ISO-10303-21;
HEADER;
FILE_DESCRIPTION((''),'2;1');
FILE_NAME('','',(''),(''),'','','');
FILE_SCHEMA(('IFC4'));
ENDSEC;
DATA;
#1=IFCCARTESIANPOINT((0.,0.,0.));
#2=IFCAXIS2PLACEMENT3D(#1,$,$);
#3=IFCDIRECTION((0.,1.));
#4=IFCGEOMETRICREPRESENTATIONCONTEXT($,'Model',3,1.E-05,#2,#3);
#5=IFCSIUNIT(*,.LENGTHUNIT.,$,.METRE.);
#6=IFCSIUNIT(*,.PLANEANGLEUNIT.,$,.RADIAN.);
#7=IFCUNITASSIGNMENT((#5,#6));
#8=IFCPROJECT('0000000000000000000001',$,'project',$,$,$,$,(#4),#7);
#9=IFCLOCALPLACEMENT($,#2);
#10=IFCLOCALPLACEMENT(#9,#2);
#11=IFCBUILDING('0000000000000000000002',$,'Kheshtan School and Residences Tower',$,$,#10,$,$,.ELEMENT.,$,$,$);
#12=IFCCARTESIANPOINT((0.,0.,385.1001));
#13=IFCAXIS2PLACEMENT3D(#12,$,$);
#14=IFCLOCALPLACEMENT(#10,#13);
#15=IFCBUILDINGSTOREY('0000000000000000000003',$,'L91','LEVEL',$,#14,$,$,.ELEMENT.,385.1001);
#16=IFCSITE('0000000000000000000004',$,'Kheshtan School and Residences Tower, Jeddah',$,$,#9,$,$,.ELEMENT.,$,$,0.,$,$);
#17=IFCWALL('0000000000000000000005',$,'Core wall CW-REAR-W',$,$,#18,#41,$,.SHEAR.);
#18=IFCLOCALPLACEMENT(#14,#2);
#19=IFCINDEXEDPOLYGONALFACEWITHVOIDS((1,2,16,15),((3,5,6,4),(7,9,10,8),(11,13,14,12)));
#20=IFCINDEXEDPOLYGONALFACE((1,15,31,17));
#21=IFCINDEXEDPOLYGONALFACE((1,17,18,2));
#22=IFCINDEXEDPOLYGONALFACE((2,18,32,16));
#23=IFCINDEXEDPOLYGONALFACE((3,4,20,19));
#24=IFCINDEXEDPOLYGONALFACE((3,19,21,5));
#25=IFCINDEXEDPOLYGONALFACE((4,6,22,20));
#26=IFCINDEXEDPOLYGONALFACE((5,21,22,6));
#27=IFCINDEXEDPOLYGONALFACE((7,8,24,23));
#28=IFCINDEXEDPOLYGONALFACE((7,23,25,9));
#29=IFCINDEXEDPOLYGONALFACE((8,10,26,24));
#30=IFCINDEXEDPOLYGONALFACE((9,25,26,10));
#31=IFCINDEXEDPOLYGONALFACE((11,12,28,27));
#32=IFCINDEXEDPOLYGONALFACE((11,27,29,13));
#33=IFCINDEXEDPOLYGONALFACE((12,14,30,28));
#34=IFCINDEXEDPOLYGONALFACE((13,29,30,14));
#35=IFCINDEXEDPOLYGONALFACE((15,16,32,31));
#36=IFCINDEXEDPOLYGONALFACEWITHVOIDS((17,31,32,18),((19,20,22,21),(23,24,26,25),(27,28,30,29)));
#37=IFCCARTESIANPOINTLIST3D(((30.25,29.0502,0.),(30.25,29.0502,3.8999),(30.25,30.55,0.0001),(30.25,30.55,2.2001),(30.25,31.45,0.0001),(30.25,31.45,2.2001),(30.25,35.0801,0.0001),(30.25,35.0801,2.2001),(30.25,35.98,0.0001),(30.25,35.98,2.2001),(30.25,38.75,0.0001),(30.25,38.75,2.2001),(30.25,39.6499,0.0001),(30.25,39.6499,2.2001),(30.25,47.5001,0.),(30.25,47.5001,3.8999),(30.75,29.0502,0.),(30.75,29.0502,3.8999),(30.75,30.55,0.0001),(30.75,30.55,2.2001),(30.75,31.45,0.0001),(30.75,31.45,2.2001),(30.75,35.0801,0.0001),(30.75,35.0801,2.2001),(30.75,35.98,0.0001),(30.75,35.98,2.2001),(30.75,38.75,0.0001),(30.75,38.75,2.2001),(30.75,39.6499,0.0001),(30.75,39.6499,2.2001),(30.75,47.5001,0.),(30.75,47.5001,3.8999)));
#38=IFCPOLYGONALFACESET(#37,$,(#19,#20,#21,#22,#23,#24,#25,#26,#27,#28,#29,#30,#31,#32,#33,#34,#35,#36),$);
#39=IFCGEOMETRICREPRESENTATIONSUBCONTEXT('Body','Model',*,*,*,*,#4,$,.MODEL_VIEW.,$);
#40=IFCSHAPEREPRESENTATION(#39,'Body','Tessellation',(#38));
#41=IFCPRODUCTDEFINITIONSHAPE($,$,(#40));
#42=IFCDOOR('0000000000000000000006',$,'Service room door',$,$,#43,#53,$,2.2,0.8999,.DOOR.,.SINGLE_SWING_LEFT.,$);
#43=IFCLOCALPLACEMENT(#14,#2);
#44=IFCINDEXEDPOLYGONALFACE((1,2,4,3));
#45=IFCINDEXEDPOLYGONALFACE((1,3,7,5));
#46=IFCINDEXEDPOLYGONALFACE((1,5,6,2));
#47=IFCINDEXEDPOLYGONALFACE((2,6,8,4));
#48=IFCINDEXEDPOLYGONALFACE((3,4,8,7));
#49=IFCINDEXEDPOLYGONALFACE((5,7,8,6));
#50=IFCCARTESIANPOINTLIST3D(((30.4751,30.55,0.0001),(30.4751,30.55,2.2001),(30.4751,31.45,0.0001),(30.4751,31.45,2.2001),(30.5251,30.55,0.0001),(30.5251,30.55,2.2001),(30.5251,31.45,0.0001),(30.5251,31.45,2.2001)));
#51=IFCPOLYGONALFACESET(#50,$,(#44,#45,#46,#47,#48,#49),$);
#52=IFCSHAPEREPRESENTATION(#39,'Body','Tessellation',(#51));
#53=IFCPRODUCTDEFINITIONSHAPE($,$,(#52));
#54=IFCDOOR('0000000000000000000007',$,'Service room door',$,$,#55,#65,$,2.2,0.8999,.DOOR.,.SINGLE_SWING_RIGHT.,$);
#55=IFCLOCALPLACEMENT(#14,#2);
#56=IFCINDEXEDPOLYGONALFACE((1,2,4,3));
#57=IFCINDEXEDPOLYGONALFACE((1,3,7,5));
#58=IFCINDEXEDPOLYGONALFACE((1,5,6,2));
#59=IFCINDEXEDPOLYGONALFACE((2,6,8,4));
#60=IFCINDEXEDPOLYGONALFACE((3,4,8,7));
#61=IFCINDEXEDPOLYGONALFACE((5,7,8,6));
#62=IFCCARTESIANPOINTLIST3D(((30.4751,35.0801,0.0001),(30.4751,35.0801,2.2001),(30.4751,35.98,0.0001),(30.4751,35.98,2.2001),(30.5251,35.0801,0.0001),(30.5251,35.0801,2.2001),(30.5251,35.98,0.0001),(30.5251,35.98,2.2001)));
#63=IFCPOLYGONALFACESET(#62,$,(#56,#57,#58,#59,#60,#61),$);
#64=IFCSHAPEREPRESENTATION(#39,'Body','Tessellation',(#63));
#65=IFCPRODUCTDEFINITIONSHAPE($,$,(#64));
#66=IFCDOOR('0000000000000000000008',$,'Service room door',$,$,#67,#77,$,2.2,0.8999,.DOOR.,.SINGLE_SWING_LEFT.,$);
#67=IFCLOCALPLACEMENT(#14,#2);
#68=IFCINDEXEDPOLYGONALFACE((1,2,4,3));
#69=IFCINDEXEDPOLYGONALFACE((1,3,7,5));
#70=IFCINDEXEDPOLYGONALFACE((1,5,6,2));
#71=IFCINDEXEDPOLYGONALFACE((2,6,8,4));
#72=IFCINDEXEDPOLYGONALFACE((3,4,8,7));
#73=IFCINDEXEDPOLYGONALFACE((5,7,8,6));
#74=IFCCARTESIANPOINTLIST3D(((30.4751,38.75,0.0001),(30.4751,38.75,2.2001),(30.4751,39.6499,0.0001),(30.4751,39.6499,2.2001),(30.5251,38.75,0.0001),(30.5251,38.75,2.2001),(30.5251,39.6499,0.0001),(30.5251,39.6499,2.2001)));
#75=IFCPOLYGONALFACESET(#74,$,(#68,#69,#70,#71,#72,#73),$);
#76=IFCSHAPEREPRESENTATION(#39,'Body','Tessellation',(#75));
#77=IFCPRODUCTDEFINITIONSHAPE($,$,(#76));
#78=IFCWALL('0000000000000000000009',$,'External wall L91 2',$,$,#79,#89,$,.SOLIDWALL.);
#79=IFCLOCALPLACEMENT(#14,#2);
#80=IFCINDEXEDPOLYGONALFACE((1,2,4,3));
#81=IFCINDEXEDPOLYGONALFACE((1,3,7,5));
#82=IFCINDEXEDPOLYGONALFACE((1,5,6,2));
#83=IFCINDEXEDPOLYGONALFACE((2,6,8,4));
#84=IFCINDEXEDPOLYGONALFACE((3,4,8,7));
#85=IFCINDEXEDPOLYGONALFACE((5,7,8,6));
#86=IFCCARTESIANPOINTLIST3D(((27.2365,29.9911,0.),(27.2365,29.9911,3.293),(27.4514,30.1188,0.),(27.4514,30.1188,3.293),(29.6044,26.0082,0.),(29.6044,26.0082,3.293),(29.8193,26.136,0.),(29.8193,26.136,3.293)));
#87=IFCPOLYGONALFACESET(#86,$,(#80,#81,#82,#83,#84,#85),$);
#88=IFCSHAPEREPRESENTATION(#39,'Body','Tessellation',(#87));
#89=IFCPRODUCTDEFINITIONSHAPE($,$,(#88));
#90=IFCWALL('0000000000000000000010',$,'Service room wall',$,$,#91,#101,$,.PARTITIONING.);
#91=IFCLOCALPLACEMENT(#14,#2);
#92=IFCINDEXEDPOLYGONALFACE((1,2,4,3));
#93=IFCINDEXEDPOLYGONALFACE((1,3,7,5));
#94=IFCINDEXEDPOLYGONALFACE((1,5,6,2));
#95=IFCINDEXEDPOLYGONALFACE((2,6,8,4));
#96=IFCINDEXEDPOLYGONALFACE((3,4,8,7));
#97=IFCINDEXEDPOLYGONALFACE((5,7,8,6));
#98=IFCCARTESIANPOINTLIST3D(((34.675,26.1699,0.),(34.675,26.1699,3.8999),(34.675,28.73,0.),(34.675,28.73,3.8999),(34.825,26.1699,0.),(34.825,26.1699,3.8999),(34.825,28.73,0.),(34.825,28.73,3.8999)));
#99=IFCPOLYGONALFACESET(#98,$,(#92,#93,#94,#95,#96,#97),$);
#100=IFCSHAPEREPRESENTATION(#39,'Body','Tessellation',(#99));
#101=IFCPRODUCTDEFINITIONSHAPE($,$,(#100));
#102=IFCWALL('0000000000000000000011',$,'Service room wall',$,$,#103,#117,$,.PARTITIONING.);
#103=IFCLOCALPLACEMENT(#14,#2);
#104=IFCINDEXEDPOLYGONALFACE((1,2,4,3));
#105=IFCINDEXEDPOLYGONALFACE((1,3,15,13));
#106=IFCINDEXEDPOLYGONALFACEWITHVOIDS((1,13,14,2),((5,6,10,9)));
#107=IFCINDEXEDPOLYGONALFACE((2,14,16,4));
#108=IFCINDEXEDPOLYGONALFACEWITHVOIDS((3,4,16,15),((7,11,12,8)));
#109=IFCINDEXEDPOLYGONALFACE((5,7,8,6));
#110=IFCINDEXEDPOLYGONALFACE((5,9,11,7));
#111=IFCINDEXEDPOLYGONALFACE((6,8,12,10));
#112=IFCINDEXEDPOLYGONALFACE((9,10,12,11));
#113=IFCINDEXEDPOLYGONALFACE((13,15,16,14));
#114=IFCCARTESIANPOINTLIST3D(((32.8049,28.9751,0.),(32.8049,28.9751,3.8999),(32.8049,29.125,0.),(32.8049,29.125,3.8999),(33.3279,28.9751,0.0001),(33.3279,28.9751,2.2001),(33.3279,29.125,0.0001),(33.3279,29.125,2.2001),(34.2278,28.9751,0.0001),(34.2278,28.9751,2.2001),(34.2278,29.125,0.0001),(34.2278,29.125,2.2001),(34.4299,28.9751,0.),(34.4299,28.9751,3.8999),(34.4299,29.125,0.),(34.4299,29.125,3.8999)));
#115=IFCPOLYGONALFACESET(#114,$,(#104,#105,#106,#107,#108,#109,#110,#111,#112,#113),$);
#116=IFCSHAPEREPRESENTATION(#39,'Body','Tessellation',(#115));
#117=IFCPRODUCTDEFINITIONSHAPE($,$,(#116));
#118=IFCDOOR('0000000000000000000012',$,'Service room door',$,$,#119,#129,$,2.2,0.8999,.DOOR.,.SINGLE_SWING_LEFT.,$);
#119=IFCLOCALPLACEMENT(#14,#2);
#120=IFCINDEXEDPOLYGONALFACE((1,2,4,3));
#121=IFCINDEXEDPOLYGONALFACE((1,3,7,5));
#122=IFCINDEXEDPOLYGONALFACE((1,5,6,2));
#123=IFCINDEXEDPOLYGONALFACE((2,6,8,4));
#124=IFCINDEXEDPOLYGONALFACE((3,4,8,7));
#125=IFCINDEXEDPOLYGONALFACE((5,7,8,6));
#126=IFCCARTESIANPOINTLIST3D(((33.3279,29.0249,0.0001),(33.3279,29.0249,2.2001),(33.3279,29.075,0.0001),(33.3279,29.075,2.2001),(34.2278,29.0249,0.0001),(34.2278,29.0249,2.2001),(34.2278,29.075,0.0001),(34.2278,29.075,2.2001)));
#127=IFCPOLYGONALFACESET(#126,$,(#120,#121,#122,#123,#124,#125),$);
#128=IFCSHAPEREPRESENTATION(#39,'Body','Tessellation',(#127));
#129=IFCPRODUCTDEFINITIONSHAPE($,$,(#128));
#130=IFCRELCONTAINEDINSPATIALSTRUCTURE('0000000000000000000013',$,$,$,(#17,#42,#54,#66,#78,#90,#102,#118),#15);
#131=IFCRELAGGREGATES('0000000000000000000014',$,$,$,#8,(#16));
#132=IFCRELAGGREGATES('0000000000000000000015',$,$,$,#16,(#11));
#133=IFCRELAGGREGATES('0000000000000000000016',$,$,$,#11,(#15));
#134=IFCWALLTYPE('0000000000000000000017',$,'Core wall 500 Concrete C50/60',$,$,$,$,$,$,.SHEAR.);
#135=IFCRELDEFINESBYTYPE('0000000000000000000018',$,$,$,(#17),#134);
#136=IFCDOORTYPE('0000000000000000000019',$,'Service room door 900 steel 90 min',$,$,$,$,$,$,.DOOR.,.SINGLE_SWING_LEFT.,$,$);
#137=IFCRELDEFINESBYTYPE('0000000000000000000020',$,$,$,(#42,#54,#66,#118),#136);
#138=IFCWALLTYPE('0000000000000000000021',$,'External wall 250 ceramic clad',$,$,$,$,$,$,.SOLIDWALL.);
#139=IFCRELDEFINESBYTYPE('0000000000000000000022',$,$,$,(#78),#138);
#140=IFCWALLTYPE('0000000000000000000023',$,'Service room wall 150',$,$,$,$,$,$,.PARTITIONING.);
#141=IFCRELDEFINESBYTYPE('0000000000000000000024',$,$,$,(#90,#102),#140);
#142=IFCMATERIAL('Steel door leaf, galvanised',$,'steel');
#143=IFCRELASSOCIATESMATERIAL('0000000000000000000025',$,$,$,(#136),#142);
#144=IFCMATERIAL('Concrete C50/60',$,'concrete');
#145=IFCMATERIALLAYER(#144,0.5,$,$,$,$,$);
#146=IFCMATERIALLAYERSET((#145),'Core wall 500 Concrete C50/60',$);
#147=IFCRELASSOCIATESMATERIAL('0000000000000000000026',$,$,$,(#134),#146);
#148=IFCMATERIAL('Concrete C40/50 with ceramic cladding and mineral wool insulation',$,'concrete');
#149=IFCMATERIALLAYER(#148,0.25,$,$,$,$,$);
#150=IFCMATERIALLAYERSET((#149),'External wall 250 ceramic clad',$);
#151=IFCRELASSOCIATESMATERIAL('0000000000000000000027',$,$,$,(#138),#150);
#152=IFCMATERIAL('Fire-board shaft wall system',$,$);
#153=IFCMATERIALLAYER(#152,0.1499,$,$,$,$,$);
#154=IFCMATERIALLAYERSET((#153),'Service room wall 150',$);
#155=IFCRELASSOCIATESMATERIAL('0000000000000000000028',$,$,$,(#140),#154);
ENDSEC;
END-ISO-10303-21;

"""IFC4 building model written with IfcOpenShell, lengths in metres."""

from ifc_helpers import new_model, si_unit, direction, frame, frame_2d, origin, place, context, subcontext, project, spatial, rectangle, extrude, source, transform, mapped, material, layer, layer_set, type_object, element, fill, save


model = new_model("IFC4")

# Units and contexts
model_context = context("Model", 3, precision=1e-05, world=origin(), true_north=direction((0.0, 1.0)))
body_context = subcontext(model_context, "Body", "Model", "MODEL_VIEW")
ifc_project = project(units=[si_unit("LENGTHUNIT", "METRE"), si_unit("PLANEANGLEUNIT", "RADIAN")], contexts=[model_context])

# Site, building, storey
site_placement = place(None, origin())
site = spatial("IfcSite", under=ifc_project, at=site_placement, Name="Kheshtan School and Residences Tower, Jeddah", CompositionType="ELEMENT", RefElevation=0.0)
building_placement = place(site_placement, origin())
building = spatial("IfcBuilding", under=site, at=building_placement, Name="Kheshtan School and Residences Tower", CompositionType="ELEMENT")
storey_placement = place(building_placement, frame((0.0, 0.0, 385.1001)))
storey = spatial("IfcBuildingStorey", under=building, at=storey_placement, Name="L91", Description="LEVEL", CompositionType="ELEMENT", Elevation=385.1001)

# Shared definitions
ifc_material_1 = material(Name="Concrete C50/60", Category="concrete")
ifc_material_2 = material(Name="Steel door leaf, galvanised", Category="steel")
door_type_1 = type_object("IfcDoorType", Name="Service room door 900 steel 90 min", OperationType="SINGLE_SWING_LEFT", PredefinedType="DOOR", material=ifc_material_2)
shared_shape_1 = source(origin(), body_context, "Body", "SweptSolid", [
    extrude(rectangle(XDim=0.8999, YDim=2.2, at=frame_2d((0.45, 1.1001))), frame((0.0, 0.0249, 0.0), z_axis=(0.0, -1.0, 0.0), x_axis=(1.0, 0.0, 0.0)), (0.0, 0.0, 1.0), 0.05),
])

# Shared definitions
ifc_layer_1 = layer(ifc_material_1, 0.5)
ifc_layer_set_1 = layer_set([ifc_layer_1], Name="Core wall 500 Concrete C50/60")
wall_type_1 = type_object("IfcWallType", Name="Core wall 500 Concrete C50/60", PredefinedType="SHEAR", material=ifc_layer_set_1)

# Wall, openings, doors
wall_1_placement = place(storey_placement, frame((30.5, 29.05, 0.0), z_axis=(0.0, 0.0, 1.0), x_axis=(0.0, 1.0, 0.0)))
wall_1 = element("IfcWall", 1, at=wall_1_placement, inside=storey, type_object=wall_type_1, Name="Core wall CW-REAR-W", PredefinedType="SHEAR", context=body_context, shape_type="SweptSolid", body=[
    extrude(rectangle(XDim=18.45, YDim=0.5, at=frame_2d((9.2251, 0.0))), origin(), (0.0, 0.0, 1.0), 3.8999),
])
opening_1_placement = place(wall_1_placement, frame((1.5, 0.0, 0.0)))
opening_1 = element("IfcOpeningElement", 2, at=opening_1_placement, cuts=wall_1, PredefinedType="OPENING", context=body_context, shape_type="SweptSolid", body=[
    extrude(rectangle(XDim=0.8999, YDim=2.2, at=frame_2d((0.45, 1.1001))), frame((0.0, 0.26, 0.0), z_axis=(0.0, -1.0, 0.0), x_axis=(1.0, 0.0, 0.0)), (0.0, 0.0, 1.0), 0.52),
])
opening_2_placement = place(wall_1_placement, frame((6.03, 0.0, 0.0)))
opening_2 = element("IfcOpeningElement", 3, at=opening_2_placement, cuts=wall_1, PredefinedType="OPENING", context=body_context, shape_type="SweptSolid", body=[
    extrude(rectangle(XDim=0.8999, YDim=2.2, at=frame_2d((0.45, 1.1001))), frame((0.0, 0.26, 0.0), z_axis=(0.0, -1.0, 0.0), x_axis=(1.0, 0.0, 0.0)), (0.0, 0.0, 1.0), 0.52),
])
opening_3_placement = place(wall_1_placement, frame((9.7, 0.0, 0.0)))
opening_3 = element("IfcOpeningElement", 4, at=opening_3_placement, cuts=wall_1, PredefinedType="OPENING", context=body_context, shape_type="SweptSolid", body=[
    extrude(rectangle(XDim=0.8999, YDim=2.2, at=frame_2d((0.45, 1.1001))), frame((0.0, 0.26, 0.0), z_axis=(0.0, -1.0, 0.0), x_axis=(1.0, 0.0, 0.0)), (0.0, 0.0, 1.0), 0.52),
])
door_1_placement = place(opening_1_placement, origin())
door_1 = element("IfcDoor", 5, at=door_1_placement, inside=storey, type_object=door_type_1, Name="Service room door", OperationType="SINGLE_SWING_LEFT", OverallHeight=2.2, OverallWidth=0.8999, PredefinedType="DOOR", context=body_context, shape_type="MappedRepresentation", body=[
    mapped(shared_shape_1, transform((0.0, 0.0, 0.0), x_axis=(1.0, 0.0, 0.0), y_axis=(0.0, 1.0, 0.0), z_axis=(0.0, 0.0, 1.0), scale=1.0)),
])
fill(opening_1, door_1)
door_2_placement = place(opening_2_placement, origin())
door_2 = element("IfcDoor", 6, at=door_2_placement, inside=storey, type_object=door_type_1, Name="Service room door", OperationType="SINGLE_SWING_RIGHT", OverallHeight=2.2, OverallWidth=0.8999, PredefinedType="DOOR", context=body_context, shape_type="MappedRepresentation", body=[
    mapped(shared_shape_1, transform((0.0, 0.0, 0.0), x_axis=(1.0, 0.0, 0.0), y_axis=(0.0, 1.0, 0.0), z_axis=(0.0, 0.0, 1.0), scale=1.0)),
])
fill(opening_2, door_2)
door_3_placement = place(opening_3_placement, origin())
door_3 = element("IfcDoor", 7, at=door_3_placement, inside=storey, type_object=door_type_1, Name="Service room door", OperationType="SINGLE_SWING_LEFT", OverallHeight=2.2, OverallWidth=0.8999, PredefinedType="DOOR", context=body_context, shape_type="MappedRepresentation", body=[
    mapped(shared_shape_1, transform((0.0, 0.0, 0.0), x_axis=(1.0, 0.0, 0.0), y_axis=(0.0, 1.0, 0.0), z_axis=(0.0, 0.0, 1.0), scale=1.0)),
])
fill(opening_3, door_3)

# Walls
ifc_material_3 = material(Name="Concrete C40/50 with ceramic cladding and mineral wool insulation", Category="concrete")
ifc_layer_2 = layer(ifc_material_3, 0.25)
ifc_layer_set_2 = layer_set([ifc_layer_2], Name="External wall 250 ceramic clad")
wall_type_2 = type_object("IfcWallType", Name="External wall 250 ceramic clad", PredefinedType="SOLIDWALL", material=ifc_layer_set_2)
wall_2_placement = place(storey_placement, frame((29.7119, 26.072, 0.0), z_axis=(0.0, 0.0, 1.0), x_axis=(-0.511028, 0.859564, 0.0)))
element("IfcWall", 8, at=wall_2_placement, inside=storey, type_object=wall_type_2, Name="External wall L91 2", PredefinedType="SOLIDWALL", context=body_context, shape_type="SweptSolid", body=[
    extrude(rectangle(XDim=4.6335, YDim=0.25, at=frame_2d((2.3169, 0.0))), origin(), (0.0, 0.0, 1.0), 3.293),
])
ifc_material_4 = material(Name="Fire-board shaft wall system")
ifc_layer_3 = layer(ifc_material_4, 0.1499)
ifc_layer_set_3 = layer_set([ifc_layer_3], Name="Service room wall 150")
wall_type_3 = type_object("IfcWallType", Name="Service room wall 150", PredefinedType="PARTITIONING", material=ifc_layer_set_3)
wall_3_placement = place(storey_placement, frame((34.75, 26.1699, 0.0), z_axis=(0.0, 0.0, 1.0), x_axis=(0.0, 1.0, 0.0)))
element("IfcWall", 9, at=wall_3_placement, inside=storey, type_object=wall_type_3, Name="Service room wall", PredefinedType="PARTITIONING", context=body_context, shape_type="SweptSolid", body=[
    extrude(rectangle(XDim=2.5601, YDim=0.1499, at=frame_2d((1.28, 0.0))), origin(), (0.0, 0.0, 1.0), 3.8999),
])

# Wall, opening, door
wall_4_placement = place(storey_placement, frame((32.8049, 29.05, 0.0), z_axis=(0.0, 0.0, 1.0), x_axis=(1.0, 0.0, 0.0)))
wall_4 = element("IfcWall", 10, at=wall_4_placement, inside=storey, type_object=wall_type_3, Name="Service room wall", PredefinedType="PARTITIONING", context=body_context, shape_type="SweptSolid", body=[
    extrude(rectangle(XDim=1.625, YDim=0.1499, at=frame_2d((0.8125, 0.0))), origin(), (0.0, 0.0, 1.0), 3.8999),
])
opening_4_placement = place(wall_4_placement, frame((0.5229, 0.0, 0.0)))
opening_4 = element("IfcOpeningElement", 11, at=opening_4_placement, cuts=wall_4, PredefinedType="OPENING", context=body_context, shape_type="SweptSolid", body=[
    extrude(rectangle(XDim=0.8999, YDim=2.2, at=frame_2d((0.45, 1.1001))), frame((0.0, 0.085, 0.0), z_axis=(0.0, -1.0, 0.0), x_axis=(1.0, 0.0, 0.0)), (0.0, 0.0, 1.0), 0.1699),
])
door_4_placement = place(opening_4_placement, origin())
door_4 = element("IfcDoor", 12, at=door_4_placement, inside=storey, type_object=door_type_1, Name="Service room door", OperationType="SINGLE_SWING_LEFT", OverallHeight=2.2, OverallWidth=0.8999, PredefinedType="DOOR", context=body_context, shape_type="MappedRepresentation", body=[
    mapped(shared_shape_1, transform((0.0, 0.0, 0.0), x_axis=(1.0, 0.0, 0.0), y_axis=(0.0, 1.0, 0.0), z_axis=(0.0, 0.0, 1.0), scale=1.0)),
])
fill(opening_4, door_4)

save(model, "model.ifc")
